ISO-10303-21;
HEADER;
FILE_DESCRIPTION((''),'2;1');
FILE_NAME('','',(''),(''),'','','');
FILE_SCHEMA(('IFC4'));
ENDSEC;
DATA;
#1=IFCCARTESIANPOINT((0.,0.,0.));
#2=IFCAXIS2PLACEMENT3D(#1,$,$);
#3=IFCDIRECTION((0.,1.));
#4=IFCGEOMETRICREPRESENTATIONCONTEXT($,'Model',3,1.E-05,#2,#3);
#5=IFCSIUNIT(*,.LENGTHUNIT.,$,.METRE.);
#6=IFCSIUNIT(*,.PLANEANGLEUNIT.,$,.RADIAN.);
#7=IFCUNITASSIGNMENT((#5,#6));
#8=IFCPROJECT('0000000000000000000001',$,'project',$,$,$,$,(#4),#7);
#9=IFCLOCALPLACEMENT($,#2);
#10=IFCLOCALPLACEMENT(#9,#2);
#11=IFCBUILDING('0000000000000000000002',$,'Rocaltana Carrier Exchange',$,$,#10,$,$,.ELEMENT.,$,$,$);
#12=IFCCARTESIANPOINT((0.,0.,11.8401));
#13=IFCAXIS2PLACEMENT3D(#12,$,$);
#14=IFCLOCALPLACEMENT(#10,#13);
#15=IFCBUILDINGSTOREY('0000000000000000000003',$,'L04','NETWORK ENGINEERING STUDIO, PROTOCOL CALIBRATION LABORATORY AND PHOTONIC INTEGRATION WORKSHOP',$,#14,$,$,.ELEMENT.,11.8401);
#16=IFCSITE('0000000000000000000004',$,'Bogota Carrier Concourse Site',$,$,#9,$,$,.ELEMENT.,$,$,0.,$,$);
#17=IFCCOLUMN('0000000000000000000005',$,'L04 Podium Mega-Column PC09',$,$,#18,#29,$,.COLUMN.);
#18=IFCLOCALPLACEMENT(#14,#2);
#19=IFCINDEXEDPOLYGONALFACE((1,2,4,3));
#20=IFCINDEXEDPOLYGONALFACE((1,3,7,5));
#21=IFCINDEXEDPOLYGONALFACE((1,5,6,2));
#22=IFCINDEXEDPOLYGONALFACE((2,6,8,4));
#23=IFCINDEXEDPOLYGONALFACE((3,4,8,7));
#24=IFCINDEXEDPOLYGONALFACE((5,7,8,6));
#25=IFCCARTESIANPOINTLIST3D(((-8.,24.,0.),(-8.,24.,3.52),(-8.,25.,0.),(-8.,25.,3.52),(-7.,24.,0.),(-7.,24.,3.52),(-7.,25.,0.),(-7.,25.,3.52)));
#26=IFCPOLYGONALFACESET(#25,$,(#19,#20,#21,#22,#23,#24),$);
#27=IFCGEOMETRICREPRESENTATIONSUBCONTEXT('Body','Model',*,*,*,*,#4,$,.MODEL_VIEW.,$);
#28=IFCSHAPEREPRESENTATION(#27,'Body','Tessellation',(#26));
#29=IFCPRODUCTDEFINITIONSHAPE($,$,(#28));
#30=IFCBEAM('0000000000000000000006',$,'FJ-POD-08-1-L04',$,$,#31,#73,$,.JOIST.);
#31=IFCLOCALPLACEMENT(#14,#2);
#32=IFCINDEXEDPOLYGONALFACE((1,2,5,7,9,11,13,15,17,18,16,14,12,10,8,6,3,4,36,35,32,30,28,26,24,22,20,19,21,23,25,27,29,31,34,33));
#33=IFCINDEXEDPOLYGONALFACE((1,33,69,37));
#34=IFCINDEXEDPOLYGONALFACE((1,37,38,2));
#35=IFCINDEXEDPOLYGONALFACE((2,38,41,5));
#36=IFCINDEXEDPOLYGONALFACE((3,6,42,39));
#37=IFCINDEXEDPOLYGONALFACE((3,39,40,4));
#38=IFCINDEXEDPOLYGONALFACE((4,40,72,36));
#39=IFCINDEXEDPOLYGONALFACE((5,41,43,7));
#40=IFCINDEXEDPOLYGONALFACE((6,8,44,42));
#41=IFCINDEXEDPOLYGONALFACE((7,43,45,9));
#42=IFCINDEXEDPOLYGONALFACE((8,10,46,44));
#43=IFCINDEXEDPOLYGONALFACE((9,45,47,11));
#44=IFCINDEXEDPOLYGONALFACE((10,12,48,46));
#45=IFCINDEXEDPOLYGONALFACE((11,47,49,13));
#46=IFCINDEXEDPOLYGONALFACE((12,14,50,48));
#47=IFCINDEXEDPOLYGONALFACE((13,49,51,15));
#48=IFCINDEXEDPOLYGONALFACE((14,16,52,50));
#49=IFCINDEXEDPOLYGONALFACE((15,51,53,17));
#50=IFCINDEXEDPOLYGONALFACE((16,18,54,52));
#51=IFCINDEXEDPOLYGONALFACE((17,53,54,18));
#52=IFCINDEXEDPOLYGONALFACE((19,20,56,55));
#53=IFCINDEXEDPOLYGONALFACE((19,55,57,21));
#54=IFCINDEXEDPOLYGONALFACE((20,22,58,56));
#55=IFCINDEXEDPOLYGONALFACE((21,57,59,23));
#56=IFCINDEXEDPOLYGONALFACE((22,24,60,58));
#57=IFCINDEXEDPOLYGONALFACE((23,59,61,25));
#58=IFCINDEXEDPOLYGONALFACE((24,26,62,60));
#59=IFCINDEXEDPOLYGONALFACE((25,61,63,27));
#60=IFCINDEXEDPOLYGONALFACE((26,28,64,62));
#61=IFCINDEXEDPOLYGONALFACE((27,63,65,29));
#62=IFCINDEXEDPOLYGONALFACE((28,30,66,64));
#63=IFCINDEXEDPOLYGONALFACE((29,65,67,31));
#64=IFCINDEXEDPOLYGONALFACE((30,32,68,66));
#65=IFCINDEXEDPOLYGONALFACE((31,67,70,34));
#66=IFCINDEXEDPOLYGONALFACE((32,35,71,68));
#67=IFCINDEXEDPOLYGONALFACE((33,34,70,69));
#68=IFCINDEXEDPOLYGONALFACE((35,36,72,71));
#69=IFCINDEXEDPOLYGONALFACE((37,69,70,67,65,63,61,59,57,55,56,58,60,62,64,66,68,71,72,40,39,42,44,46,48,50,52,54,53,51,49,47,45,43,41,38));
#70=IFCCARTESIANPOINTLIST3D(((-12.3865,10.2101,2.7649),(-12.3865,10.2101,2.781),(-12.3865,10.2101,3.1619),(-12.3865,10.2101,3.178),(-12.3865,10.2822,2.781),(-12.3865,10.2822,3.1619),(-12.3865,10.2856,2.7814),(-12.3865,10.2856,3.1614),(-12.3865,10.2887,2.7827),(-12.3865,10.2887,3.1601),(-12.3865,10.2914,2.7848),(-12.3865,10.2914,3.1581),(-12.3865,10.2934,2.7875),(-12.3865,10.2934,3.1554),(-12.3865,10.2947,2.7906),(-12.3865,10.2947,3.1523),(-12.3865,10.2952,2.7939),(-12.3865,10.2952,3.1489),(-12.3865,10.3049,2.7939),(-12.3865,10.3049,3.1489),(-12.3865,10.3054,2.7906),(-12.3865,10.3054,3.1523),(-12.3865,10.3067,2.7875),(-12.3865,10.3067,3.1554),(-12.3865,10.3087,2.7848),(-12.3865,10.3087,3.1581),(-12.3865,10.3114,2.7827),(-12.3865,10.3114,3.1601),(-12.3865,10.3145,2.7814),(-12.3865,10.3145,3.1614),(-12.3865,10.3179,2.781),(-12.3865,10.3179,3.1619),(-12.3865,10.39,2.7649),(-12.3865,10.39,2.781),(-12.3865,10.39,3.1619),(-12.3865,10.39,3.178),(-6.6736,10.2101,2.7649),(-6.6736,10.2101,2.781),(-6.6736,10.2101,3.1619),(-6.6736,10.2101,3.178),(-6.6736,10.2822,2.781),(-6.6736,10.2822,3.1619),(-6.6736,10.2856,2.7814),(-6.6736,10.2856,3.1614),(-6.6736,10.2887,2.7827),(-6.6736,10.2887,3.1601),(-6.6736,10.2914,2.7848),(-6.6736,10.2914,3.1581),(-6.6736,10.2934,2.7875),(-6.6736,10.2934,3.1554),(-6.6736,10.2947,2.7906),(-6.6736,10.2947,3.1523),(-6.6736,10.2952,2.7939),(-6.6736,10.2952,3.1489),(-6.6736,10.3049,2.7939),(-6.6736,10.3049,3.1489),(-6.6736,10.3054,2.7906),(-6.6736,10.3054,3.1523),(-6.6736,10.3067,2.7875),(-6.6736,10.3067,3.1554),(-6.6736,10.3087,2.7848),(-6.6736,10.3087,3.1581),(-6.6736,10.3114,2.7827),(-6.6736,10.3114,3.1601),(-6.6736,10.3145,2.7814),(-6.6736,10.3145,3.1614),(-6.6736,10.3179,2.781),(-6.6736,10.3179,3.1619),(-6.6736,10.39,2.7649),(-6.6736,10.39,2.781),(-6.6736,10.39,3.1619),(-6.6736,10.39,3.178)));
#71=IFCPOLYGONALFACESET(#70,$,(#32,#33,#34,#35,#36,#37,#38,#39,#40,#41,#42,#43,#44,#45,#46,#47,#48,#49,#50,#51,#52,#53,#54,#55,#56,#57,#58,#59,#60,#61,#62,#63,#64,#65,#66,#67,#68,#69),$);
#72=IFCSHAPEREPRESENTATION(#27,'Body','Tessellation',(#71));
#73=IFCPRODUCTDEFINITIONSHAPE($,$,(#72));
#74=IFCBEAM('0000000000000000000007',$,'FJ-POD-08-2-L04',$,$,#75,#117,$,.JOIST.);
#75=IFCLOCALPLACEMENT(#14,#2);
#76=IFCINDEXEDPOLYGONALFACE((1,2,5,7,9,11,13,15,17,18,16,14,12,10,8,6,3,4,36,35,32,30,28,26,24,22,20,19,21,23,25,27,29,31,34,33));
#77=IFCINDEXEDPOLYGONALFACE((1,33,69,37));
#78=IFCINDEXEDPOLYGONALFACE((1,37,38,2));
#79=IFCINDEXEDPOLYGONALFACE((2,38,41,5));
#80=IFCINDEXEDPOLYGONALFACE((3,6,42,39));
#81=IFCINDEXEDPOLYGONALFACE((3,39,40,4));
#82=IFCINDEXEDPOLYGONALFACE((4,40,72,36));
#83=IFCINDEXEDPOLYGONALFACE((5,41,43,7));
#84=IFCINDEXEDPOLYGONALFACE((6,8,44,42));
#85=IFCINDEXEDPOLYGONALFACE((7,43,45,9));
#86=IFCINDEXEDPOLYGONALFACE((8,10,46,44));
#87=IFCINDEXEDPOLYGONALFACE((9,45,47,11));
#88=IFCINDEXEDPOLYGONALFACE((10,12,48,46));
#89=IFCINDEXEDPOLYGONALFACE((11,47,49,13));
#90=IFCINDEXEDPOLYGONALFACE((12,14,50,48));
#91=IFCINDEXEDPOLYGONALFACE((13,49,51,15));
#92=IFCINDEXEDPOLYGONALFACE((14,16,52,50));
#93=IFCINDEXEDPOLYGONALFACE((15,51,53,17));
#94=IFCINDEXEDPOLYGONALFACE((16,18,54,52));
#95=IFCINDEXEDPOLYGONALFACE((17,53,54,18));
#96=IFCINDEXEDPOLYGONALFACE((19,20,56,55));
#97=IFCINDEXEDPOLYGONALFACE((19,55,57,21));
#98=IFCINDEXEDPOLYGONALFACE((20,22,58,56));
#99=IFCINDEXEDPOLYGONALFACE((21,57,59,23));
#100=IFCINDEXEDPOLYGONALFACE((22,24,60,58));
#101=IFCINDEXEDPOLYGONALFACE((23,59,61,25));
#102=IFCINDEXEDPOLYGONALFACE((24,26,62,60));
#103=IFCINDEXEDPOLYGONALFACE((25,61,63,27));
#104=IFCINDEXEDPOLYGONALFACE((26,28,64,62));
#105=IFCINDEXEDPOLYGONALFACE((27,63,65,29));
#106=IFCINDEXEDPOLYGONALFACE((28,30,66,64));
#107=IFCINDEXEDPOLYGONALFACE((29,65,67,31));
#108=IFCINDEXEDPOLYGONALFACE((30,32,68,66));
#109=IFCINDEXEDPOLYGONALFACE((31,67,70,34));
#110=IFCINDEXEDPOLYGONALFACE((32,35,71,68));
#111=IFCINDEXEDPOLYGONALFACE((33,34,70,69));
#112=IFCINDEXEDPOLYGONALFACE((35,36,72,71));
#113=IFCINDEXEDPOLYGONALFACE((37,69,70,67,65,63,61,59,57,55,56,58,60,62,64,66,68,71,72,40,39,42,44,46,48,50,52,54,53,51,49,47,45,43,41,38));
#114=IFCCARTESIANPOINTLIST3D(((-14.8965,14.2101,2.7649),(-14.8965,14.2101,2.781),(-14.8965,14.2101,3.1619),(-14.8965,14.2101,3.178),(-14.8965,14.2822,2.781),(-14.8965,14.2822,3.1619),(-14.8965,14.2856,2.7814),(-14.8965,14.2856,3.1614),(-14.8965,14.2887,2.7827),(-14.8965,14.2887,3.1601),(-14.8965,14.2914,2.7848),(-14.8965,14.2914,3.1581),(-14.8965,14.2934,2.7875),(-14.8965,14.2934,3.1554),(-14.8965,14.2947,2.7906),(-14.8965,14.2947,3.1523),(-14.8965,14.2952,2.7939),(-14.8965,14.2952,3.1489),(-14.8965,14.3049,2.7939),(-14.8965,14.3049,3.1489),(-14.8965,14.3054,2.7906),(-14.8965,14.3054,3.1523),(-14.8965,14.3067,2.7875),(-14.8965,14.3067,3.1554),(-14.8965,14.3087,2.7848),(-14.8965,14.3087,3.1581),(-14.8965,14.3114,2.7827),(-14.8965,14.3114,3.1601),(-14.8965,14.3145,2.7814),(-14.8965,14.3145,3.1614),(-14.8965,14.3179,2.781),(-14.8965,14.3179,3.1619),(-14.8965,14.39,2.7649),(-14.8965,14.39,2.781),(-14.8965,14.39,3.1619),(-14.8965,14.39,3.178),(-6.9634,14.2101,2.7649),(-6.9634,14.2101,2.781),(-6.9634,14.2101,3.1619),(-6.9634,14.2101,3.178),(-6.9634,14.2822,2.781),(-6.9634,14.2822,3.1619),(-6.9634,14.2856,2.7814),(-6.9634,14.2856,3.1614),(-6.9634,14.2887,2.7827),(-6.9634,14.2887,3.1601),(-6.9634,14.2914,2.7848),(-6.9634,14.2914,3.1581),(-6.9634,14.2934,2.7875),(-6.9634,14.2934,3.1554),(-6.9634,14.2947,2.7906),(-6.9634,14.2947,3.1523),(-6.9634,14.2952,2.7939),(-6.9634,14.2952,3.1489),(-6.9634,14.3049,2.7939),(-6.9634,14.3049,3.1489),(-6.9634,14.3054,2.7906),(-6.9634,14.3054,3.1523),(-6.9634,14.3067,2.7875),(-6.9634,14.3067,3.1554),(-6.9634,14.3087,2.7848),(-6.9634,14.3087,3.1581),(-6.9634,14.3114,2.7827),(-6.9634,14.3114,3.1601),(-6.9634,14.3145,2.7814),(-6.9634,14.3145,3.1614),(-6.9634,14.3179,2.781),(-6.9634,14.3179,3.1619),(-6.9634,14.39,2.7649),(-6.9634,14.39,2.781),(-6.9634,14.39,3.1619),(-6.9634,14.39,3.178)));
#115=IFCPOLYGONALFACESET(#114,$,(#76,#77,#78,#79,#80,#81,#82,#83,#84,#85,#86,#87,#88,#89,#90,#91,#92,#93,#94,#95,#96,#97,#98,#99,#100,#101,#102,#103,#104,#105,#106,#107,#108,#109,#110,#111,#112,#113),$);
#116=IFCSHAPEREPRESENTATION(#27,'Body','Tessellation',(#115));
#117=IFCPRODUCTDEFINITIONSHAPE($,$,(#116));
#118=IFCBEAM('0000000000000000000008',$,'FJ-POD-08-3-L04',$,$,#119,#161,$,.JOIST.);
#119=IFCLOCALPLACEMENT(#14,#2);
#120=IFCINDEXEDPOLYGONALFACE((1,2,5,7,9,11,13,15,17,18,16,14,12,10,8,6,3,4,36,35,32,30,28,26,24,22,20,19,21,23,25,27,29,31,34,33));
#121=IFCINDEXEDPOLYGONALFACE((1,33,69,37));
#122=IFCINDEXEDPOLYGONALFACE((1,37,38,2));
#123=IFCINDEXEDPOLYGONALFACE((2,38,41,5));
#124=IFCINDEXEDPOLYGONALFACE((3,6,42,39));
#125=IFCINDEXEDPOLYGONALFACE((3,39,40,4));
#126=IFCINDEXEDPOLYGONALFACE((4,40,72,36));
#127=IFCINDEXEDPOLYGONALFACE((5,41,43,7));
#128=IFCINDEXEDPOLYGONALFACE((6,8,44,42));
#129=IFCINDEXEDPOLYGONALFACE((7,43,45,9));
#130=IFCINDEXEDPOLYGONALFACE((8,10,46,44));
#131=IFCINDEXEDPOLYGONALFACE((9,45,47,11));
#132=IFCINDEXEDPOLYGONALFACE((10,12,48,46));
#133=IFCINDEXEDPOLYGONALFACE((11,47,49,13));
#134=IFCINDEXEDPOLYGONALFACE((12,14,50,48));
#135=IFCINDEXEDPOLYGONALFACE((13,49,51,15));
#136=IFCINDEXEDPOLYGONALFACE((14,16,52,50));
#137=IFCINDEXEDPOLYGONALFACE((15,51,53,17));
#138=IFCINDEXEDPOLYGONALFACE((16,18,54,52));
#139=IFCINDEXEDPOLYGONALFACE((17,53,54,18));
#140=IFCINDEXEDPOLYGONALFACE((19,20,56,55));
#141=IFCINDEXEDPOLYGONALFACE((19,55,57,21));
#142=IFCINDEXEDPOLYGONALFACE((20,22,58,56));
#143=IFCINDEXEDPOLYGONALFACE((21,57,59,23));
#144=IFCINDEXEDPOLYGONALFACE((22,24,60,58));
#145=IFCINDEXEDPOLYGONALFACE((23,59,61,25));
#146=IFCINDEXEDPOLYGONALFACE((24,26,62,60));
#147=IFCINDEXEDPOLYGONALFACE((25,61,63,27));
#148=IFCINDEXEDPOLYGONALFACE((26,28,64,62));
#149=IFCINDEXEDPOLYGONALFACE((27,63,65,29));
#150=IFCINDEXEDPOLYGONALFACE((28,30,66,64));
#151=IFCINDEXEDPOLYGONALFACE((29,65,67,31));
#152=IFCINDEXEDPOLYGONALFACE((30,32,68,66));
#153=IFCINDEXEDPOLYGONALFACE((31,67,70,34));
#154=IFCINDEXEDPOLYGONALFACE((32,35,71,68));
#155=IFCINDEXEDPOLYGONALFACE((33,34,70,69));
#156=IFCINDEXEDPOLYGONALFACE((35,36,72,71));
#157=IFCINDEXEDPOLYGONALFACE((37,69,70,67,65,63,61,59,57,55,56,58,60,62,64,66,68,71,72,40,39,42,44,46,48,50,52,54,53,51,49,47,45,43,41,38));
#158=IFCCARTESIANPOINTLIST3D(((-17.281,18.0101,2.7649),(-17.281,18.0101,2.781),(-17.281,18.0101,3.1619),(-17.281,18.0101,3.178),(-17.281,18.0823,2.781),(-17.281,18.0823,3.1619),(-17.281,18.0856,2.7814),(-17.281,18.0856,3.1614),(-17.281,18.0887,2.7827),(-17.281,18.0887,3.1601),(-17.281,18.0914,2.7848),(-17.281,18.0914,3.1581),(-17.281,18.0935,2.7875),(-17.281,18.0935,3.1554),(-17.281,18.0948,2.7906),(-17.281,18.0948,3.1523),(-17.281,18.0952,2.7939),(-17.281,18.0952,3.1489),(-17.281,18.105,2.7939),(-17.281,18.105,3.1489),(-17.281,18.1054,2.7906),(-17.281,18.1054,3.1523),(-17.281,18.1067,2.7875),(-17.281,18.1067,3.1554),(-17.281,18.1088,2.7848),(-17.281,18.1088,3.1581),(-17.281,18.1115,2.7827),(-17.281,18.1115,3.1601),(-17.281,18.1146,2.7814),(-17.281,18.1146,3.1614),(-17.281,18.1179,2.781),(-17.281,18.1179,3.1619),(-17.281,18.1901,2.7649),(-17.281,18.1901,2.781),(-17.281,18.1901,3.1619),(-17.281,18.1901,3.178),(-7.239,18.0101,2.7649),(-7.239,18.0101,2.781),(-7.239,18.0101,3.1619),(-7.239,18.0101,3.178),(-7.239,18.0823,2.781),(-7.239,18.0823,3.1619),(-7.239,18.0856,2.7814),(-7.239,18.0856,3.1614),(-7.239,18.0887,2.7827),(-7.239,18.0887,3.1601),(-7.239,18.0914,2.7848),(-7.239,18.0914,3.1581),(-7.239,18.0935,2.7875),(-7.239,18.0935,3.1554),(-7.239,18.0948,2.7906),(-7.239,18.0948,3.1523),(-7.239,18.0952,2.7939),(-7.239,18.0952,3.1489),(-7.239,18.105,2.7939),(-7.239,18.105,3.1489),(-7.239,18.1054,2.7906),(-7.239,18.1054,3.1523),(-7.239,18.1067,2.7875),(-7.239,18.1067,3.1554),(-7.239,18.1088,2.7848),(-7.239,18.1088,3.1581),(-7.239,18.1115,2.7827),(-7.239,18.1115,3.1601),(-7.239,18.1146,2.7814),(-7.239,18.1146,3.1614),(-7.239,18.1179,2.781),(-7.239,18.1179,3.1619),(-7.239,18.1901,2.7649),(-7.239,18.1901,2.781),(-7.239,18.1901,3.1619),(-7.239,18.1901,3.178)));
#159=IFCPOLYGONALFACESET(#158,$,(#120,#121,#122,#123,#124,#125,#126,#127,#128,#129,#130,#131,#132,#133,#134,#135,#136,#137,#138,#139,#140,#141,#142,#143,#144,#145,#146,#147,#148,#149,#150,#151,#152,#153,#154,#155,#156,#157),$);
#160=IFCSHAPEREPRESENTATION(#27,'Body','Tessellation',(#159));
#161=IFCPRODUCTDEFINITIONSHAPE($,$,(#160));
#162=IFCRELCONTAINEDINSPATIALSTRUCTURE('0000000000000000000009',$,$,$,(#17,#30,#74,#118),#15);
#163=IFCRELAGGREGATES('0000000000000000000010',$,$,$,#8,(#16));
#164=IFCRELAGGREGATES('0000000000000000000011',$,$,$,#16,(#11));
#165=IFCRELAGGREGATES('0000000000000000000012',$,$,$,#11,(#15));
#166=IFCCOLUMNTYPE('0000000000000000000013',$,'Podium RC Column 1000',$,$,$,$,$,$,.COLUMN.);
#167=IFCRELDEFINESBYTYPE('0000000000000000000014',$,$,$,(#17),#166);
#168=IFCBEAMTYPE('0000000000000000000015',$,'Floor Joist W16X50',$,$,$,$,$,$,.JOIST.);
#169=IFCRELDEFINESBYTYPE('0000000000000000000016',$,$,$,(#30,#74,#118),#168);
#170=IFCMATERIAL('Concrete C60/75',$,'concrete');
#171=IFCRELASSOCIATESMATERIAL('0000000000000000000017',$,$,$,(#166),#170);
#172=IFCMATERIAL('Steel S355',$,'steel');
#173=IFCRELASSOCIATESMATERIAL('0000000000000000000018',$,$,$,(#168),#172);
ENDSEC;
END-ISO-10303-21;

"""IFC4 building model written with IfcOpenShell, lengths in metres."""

from ifc_helpers import new_model, si_unit, direction, frame, origin, origin_2d, place, context, subcontext, project, spatial, rectangle, i_section, extrude, material, material_profile, profile_set, type_object, element, save


model = new_model("IFC4")

# Units and contexts
model_context = context("Model", 3, precision=1e-05, world=origin(), true_north=direction((0.0, 1.0)))
body_context = subcontext(model_context, "Body", "Model", "MODEL_VIEW")
ifc_project = project(units=[si_unit("LENGTHUNIT", "METRE"), si_unit("PLANEANGLEUNIT", "RADIAN")], contexts=[model_context])

# Site, building, storey
site_placement = place(None, origin())
site = spatial("IfcSite", under=ifc_project, at=site_placement, Name="Bogota Carrier Concourse Site", CompositionType="ELEMENT", RefElevation=0.0)
building_placement = place(site_placement, origin())
building = spatial("IfcBuilding", under=site, at=building_placement, Name="Rocaltana Carrier Exchange", CompositionType="ELEMENT")
storey_placement = place(building_placement, frame((0.0, 0.0, 11.8401)))
storey = spatial("IfcBuildingStorey", under=building, at=storey_placement, Name="L04", Description="NETWORK ENGINEERING STUDIO, PROTOCOL CALIBRATION LABORATORY AND PHOTONIC INTEGRATION WORKSHOP", CompositionType="ELEMENT", Elevation=11.8401)

# Column
ifc_material_1 = material(Name="Concrete C60/75", Category="concrete")
ifc_material_profile_1 = material_profile(ifc_material_1, rectangle(XDim=1.0, YDim=1.0, at=origin_2d()), Name="RC-COL-1000X1000")
ifc_profile_set_1 = profile_set([ifc_material_profile_1], Name="Concrete C60/75")
column_type = type_object("IfcColumnType", Name="Podium RC Column 1000", PredefinedType="COLUMN", material=ifc_profile_set_1)
column_placement = place(storey_placement, frame((-7.5, 24.5, 0.0), z_axis=(0.0, 0.0, 1.0), x_axis=(1.0, 0.0, 0.0)))
element("IfcColumn", 1, at=column_placement, inside=storey, type_object=column_type, Name="L04 Podium Mega-Column PC09", PredefinedType="COLUMN", context=body_context, shape_type="SweptSolid", body=[
    extrude(rectangle(XDim=1.0, YDim=1.0, at=origin_2d()), origin(), (0.0, 0.0, 1.0), 3.52),
])

# Beams
ifc_material_2 = material(Name="Steel S355", Category="steel")
ifc_material_profile_2 = material_profile(ifc_material_2, i_section(OverallWidth=0.1799, OverallDepth=0.4131, WebThickness=0.0098, FlangeThickness=0.0161, FilletRadius=0.0129, at=origin_2d()), Name="W16X50")
ifc_profile_set_2 = profile_set([ifc_material_profile_2], Name="Steel S355")
beam_type_1 = type_object("IfcBeamType", Name="Floor Joist W16X50", PredefinedType="JOIST", material=ifc_profile_set_2)
beam_1_placement = place(storey_placement, frame((-6.6736, 10.3, 2.9714), z_axis=(-1.0, 0.0, 0.0), x_axis=(0.0, -1.0, 0.0)))
element("IfcBeam", 2, at=beam_1_placement, inside=storey, type_object=beam_type_1, Name="FJ-POD-08-1-L04", PredefinedType="JOIST", context=body_context, shape_type="SweptSolid", body=[
    extrude(i_section(OverallWidth=0.1799, OverallDepth=0.4131, WebThickness=0.0098, FlangeThickness=0.0161, FilletRadius=0.0129, at=origin_2d()), origin(), (0.0, 0.0, 1.0), 5.7129),
])
beam_2_placement = place(storey_placement, frame((-6.9634, 14.3, 2.9714), z_axis=(-1.0, 0.0, 0.0), x_axis=(0.0, -1.0, 0.0)))
element("IfcBeam", 3, at=beam_2_placement, inside=storey, type_object=beam_type_1, Name="FJ-POD-08-2-L04", PredefinedType="JOIST", context=body_context, shape_type="SweptSolid", body=[
    extrude(i_section(OverallWidth=0.1799, OverallDepth=0.4131, WebThickness=0.0098, FlangeThickness=0.0161, FilletRadius=0.0129, at=origin_2d()), origin(), (0.0, 0.0, 1.0), 7.9331),
])
beam_3_placement = place(storey_placement, frame((-7.239, 18.1001, 2.9714), z_axis=(-1.0, 0.0, 0.0), x_axis=(0.0, -1.0, 0.0)))
element("IfcBeam", 4, at=beam_3_placement, inside=storey, type_object=beam_type_1, Name="FJ-POD-08-3-L04", PredefinedType="JOIST", context=body_context, shape_type="SweptSolid", body=[
    extrude(i_section(OverallWidth=0.1799, OverallDepth=0.4131, WebThickness=0.0098, FlangeThickness=0.0161, FilletRadius=0.0129, at=origin_2d()), origin(), (0.0, 0.0, 1.0), 10.042),
])

save(model, "model.ifc")
